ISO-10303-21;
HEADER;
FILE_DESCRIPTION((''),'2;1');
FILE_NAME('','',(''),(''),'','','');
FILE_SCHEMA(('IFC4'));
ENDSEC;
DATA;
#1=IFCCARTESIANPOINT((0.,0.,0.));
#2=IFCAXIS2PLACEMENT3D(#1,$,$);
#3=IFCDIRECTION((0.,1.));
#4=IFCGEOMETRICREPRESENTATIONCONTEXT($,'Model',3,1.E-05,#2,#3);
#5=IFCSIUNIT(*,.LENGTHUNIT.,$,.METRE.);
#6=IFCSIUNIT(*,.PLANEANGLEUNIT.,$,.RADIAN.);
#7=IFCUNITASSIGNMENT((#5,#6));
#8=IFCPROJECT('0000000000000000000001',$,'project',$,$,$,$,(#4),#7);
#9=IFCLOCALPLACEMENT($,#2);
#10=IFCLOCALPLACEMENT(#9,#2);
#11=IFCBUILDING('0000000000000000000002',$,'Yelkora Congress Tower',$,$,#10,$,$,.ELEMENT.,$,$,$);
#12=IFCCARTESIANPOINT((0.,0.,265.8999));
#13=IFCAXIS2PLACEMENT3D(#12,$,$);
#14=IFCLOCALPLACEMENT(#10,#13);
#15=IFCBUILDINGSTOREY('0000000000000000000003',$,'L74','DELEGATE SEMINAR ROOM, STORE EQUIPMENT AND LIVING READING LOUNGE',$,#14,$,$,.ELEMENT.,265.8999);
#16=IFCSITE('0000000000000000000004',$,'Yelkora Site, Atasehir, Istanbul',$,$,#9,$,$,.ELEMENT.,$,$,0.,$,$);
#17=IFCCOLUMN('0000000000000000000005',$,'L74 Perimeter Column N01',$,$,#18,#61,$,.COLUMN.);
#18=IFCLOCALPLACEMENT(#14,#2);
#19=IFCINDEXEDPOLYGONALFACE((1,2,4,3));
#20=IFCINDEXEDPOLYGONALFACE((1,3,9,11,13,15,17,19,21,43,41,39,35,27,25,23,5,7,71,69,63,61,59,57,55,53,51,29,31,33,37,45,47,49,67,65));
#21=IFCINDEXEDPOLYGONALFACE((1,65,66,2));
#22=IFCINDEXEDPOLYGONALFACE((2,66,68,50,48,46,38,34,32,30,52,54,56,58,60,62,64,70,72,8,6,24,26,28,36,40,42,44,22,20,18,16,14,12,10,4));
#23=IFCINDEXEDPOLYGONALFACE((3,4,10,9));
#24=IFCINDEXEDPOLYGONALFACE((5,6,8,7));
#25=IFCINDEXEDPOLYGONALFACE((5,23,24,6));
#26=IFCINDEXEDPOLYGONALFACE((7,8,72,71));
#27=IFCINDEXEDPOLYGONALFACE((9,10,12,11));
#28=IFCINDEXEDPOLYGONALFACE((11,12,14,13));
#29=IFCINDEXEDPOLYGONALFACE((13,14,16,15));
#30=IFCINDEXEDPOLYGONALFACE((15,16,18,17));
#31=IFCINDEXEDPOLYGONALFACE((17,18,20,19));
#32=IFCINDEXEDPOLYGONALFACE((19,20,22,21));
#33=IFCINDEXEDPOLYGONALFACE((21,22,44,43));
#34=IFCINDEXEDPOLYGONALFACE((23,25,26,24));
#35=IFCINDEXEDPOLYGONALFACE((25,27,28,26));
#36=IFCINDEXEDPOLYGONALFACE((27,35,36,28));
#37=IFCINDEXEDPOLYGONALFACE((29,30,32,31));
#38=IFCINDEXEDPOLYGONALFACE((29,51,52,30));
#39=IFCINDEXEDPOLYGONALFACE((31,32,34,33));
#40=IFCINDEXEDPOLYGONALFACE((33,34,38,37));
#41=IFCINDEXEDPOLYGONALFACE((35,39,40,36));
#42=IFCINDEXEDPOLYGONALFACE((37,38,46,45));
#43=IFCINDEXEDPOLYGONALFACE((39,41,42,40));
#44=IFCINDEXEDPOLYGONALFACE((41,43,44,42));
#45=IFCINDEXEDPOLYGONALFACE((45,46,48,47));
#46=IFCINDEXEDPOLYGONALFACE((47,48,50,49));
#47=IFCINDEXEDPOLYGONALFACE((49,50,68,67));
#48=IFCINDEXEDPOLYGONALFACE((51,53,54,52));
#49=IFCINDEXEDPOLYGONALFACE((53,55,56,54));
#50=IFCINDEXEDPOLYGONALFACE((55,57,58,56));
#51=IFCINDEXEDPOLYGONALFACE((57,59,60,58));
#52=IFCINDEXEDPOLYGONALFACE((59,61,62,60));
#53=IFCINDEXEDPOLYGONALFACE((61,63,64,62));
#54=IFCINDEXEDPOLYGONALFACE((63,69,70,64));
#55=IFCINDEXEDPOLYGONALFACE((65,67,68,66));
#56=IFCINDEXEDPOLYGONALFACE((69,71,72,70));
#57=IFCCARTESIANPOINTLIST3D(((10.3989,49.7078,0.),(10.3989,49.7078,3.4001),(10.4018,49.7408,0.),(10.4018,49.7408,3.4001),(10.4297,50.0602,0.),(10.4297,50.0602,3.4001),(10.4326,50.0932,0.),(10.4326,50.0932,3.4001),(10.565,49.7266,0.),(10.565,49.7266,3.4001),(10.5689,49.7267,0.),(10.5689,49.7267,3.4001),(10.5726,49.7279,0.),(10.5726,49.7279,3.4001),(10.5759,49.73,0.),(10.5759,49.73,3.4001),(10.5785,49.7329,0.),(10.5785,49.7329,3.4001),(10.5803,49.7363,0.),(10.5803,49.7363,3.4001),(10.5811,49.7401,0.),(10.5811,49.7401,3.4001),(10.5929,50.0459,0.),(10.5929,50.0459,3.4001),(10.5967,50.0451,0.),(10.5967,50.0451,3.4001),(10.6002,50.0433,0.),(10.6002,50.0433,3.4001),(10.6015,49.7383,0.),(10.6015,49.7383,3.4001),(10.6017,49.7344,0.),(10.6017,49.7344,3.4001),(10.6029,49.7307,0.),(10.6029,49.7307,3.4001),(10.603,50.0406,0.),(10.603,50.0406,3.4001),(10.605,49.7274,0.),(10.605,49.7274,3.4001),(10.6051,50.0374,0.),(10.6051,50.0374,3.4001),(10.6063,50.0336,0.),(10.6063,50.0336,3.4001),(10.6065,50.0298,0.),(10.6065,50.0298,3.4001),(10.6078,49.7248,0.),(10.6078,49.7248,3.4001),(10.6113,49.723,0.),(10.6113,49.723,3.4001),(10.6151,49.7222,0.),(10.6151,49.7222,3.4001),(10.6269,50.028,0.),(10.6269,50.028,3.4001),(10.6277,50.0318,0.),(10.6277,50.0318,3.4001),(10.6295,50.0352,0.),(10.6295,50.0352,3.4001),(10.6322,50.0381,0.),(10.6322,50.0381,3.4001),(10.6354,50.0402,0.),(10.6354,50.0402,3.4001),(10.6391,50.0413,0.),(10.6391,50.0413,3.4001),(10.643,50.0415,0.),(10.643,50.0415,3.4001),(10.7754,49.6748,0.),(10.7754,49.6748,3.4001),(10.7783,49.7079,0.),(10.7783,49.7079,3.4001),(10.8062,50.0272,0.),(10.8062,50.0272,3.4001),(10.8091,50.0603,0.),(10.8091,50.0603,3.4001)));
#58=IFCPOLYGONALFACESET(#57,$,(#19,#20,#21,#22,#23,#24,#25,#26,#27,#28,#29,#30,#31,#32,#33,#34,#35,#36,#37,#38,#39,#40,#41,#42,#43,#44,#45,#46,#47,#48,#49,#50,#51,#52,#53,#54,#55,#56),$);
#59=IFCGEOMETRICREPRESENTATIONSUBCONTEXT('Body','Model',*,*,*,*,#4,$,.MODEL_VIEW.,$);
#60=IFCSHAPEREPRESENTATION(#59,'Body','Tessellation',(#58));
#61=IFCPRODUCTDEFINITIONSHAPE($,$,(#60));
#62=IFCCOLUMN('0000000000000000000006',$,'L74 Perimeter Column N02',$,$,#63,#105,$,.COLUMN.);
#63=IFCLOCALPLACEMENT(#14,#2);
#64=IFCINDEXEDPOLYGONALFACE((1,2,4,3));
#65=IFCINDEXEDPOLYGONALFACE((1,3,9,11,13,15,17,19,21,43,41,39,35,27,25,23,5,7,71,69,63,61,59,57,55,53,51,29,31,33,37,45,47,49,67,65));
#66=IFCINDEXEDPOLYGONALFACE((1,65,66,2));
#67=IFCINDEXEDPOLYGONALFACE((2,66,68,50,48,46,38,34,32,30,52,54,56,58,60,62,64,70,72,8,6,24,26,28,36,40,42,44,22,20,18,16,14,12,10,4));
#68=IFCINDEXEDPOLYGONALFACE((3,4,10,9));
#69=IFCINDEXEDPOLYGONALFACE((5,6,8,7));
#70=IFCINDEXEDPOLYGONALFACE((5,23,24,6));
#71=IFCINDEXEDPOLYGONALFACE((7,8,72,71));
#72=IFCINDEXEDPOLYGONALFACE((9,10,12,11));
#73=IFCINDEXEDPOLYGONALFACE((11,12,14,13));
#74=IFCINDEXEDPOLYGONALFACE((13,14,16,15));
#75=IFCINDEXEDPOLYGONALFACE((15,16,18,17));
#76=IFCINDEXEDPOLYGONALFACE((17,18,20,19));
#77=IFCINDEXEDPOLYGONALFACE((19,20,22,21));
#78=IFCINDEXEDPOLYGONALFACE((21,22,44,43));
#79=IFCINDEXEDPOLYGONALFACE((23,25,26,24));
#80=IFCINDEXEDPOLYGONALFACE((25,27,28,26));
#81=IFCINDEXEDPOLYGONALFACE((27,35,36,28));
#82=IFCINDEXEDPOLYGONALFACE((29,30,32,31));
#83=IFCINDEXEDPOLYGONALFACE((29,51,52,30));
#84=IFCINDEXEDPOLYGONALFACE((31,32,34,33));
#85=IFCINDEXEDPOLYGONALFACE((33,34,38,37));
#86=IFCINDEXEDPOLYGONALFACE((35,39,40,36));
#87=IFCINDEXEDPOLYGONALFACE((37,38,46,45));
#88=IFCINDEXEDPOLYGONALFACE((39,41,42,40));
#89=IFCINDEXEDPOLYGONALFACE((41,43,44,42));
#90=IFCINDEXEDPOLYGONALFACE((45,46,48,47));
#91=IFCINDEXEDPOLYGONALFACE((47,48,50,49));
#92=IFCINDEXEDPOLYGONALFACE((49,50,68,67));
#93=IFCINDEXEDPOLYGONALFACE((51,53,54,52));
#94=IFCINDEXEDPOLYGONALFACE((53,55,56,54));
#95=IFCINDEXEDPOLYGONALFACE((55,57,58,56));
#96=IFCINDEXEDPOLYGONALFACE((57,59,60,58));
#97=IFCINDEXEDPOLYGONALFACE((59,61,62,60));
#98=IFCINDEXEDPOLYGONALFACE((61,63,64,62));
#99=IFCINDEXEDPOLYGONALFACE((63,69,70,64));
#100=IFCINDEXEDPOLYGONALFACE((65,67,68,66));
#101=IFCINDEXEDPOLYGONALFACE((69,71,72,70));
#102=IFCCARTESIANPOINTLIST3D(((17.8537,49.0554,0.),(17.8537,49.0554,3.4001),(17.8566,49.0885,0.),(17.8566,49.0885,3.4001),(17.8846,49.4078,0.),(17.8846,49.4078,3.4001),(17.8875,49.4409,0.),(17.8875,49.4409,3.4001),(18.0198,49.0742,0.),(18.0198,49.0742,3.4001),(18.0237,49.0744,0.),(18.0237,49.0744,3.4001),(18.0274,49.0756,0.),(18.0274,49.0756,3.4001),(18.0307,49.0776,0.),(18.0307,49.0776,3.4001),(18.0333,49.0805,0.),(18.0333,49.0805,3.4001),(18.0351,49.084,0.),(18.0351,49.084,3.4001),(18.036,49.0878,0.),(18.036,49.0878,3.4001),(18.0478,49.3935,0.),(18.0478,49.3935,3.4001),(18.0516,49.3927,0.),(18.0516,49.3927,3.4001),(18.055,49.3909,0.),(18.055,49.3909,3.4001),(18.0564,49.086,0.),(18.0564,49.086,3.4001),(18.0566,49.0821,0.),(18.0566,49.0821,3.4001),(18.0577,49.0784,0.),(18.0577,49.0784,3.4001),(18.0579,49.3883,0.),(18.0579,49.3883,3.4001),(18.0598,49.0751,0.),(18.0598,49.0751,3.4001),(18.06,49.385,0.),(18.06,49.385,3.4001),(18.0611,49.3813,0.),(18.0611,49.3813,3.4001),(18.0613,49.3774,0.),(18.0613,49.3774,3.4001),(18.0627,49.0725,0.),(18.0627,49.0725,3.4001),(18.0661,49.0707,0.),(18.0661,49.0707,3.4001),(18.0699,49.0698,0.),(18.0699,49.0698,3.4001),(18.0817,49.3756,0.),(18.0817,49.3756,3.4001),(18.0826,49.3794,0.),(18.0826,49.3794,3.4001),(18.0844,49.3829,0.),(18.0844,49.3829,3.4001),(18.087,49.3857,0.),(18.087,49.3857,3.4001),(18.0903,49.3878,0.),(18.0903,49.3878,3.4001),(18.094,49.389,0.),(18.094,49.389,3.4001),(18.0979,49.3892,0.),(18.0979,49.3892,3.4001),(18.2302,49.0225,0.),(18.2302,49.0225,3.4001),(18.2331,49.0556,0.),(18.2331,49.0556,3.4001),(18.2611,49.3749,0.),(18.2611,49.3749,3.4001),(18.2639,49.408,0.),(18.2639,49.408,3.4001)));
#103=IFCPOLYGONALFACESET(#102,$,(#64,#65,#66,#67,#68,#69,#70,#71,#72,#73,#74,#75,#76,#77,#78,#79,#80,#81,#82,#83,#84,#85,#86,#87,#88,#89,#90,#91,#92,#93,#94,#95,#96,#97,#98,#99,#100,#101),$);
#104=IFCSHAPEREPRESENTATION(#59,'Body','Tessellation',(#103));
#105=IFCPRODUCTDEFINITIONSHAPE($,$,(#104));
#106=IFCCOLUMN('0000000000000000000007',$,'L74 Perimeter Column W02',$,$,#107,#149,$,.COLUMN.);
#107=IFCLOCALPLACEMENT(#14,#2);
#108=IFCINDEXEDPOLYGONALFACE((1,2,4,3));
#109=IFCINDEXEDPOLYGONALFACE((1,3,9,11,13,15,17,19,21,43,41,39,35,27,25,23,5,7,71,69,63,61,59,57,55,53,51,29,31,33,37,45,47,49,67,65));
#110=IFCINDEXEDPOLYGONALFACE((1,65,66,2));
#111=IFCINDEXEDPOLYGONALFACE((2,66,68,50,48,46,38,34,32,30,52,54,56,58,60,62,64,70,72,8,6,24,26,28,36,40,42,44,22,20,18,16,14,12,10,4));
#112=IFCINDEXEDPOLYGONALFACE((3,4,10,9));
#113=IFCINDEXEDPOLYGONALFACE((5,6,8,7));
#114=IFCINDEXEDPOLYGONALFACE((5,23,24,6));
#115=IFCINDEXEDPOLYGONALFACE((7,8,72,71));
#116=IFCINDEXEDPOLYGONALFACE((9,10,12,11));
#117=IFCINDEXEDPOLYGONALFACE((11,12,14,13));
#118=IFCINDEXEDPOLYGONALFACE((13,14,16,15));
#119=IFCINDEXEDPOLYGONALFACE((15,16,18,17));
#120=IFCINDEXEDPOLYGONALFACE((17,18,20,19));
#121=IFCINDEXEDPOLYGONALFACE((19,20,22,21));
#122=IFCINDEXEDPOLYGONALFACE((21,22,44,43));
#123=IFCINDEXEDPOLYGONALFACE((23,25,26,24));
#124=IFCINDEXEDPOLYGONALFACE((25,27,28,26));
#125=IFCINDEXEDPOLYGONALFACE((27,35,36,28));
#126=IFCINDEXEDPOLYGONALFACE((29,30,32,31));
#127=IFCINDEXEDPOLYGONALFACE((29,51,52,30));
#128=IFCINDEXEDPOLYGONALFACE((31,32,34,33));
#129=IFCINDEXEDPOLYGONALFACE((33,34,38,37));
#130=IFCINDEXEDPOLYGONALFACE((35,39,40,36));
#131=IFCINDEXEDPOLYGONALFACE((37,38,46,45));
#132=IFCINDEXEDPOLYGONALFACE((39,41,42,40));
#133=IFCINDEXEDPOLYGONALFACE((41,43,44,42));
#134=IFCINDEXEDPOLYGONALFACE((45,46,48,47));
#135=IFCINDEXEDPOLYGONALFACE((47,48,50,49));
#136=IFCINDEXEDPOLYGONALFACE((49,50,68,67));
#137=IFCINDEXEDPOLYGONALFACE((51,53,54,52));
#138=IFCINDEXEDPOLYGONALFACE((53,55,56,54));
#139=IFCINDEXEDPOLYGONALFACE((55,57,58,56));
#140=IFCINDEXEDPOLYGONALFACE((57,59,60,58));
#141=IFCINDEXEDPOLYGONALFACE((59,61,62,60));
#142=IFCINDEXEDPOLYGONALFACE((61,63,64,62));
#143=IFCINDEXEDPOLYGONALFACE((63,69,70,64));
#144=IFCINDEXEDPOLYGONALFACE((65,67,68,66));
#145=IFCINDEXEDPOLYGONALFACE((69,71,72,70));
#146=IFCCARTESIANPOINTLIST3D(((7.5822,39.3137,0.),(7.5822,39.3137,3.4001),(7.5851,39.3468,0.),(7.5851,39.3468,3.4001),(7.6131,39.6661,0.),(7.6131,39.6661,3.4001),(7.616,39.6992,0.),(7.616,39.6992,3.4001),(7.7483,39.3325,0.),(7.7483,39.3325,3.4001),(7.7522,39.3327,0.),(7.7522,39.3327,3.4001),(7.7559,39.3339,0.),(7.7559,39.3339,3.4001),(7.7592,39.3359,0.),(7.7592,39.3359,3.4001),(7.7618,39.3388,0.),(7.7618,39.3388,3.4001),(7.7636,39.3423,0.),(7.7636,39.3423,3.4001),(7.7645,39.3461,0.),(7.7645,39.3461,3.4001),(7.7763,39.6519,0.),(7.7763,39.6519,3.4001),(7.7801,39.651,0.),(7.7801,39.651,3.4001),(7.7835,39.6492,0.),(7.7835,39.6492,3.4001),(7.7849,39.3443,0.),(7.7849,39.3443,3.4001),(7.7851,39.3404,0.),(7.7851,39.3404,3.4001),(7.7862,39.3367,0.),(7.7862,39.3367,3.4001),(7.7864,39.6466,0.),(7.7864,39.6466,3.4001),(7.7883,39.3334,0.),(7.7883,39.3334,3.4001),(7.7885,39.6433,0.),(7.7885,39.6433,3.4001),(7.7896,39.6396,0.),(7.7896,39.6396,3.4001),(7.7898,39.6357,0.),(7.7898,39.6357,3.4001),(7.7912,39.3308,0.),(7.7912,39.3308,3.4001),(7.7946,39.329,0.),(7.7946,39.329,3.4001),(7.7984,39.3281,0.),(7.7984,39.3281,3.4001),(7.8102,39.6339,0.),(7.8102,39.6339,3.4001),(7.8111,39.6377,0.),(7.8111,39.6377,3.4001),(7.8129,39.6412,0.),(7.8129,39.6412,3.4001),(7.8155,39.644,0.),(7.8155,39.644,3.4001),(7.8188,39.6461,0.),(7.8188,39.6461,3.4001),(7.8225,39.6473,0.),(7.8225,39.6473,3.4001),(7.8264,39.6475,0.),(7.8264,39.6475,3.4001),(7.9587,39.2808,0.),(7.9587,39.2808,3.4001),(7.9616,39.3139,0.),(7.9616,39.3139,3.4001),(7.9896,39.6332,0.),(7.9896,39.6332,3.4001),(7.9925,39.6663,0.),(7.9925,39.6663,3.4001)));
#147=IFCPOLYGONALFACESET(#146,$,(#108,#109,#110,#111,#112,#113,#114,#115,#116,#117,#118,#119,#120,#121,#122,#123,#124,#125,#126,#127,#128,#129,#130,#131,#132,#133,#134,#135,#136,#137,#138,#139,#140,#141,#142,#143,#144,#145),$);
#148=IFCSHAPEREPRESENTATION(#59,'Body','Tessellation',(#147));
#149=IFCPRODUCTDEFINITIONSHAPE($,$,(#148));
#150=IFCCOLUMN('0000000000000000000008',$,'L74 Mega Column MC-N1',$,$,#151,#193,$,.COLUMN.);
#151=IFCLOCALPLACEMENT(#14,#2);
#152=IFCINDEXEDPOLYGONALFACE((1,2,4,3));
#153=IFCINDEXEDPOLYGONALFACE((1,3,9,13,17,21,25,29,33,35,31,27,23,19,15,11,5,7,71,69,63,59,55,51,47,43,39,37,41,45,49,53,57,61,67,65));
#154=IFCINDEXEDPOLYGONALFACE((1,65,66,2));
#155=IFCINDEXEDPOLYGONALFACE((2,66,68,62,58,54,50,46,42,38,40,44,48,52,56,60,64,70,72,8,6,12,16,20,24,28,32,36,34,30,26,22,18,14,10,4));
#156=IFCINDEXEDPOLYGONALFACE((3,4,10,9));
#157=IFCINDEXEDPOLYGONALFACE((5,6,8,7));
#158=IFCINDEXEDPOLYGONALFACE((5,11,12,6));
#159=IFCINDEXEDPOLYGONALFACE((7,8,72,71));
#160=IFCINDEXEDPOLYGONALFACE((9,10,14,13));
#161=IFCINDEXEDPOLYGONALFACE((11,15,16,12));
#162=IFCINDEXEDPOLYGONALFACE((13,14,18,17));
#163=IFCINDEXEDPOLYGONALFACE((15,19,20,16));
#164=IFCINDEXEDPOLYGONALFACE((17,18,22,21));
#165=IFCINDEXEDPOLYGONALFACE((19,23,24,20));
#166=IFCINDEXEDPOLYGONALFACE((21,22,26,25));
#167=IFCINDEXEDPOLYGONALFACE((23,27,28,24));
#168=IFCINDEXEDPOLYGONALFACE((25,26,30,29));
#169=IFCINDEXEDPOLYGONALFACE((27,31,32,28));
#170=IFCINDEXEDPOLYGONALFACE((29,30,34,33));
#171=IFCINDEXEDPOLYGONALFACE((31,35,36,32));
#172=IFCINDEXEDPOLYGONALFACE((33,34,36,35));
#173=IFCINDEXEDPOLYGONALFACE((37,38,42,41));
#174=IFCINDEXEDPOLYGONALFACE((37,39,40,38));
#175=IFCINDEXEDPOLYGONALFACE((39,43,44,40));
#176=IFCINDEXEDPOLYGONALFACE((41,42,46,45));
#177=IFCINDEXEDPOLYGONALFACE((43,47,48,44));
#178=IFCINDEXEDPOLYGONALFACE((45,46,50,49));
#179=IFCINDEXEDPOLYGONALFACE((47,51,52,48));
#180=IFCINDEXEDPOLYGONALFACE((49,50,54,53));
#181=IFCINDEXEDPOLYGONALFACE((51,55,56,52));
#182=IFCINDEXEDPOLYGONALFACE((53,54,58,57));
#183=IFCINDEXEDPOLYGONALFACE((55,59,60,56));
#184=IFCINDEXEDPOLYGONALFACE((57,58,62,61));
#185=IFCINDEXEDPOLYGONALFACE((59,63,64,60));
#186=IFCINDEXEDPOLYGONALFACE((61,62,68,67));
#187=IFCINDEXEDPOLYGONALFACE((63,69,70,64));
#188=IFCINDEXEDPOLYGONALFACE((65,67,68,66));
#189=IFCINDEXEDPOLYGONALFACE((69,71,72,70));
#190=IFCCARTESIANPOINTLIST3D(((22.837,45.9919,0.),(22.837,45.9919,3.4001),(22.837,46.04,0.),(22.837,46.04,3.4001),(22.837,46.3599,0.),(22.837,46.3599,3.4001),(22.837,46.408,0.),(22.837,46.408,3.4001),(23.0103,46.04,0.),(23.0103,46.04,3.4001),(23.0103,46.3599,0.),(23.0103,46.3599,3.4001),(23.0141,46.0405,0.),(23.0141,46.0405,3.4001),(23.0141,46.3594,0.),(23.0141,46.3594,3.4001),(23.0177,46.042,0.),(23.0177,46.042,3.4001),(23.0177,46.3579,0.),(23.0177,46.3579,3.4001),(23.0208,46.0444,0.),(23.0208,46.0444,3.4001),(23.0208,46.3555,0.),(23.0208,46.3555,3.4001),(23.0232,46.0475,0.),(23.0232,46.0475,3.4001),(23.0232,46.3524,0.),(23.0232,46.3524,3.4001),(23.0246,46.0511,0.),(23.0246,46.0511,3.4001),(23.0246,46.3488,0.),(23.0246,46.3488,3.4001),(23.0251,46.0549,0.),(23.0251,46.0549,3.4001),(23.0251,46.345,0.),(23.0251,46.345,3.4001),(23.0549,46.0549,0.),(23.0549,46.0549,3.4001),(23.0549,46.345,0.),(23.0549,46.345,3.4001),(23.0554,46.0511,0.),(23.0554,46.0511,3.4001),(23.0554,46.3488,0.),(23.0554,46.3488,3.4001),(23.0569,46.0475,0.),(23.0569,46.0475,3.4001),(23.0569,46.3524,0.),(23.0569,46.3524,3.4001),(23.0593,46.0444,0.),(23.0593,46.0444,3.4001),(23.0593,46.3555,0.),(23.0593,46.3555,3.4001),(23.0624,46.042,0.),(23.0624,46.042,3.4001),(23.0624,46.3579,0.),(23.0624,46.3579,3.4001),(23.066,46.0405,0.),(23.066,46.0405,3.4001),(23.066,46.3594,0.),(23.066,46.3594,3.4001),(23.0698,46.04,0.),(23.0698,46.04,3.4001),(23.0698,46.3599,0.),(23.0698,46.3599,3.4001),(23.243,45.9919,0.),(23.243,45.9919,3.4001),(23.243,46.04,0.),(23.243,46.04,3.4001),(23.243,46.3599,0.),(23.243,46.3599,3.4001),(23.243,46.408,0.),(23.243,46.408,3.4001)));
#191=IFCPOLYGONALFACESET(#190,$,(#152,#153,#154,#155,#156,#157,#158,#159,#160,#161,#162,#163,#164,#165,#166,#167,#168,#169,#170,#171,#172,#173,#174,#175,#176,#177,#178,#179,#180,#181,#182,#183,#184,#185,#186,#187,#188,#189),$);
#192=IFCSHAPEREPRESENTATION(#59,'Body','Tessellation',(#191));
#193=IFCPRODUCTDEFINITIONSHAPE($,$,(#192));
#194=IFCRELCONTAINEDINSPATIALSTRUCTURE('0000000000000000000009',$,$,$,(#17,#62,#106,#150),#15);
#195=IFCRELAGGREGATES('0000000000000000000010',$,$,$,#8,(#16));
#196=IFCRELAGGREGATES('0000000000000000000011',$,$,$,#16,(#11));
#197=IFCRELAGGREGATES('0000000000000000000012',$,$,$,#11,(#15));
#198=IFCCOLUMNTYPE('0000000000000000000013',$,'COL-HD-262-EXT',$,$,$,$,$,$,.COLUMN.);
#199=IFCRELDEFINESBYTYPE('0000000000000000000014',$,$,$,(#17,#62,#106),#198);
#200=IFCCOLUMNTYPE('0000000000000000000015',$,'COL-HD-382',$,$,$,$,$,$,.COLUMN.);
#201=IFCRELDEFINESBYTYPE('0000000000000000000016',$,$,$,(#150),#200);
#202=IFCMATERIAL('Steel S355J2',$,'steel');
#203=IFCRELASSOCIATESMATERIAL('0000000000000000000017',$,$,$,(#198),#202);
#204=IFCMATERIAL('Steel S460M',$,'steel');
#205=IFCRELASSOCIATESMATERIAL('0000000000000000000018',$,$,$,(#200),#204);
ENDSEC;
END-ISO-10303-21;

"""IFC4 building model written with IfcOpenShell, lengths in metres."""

from ifc_helpers import new_model, si_unit, direction, frame, origin, origin_2d, place, context, subcontext, project, spatial, i_section, extrude, material, material_profile, profile_set, type_object, element, save


model = new_model("IFC4")

# Units and contexts
model_context = context("Model", 3, precision=1e-05, world=origin(), true_north=direction((0.0, 1.0)))
body_context = subcontext(model_context, "Body", "Model", "MODEL_VIEW")
ifc_project = project(units=[si_unit("LENGTHUNIT", "METRE"), si_unit("PLANEANGLEUNIT", "RADIAN")], contexts=[model_context])

# Site, building, storey
site_placement = place(None, origin())
site = spatial("IfcSite", under=ifc_project, at=site_placement, Name="Yelkora Site, Atasehir, Istanbul", CompositionType="ELEMENT", RefElevation=0.0)
building_placement = place(site_placement, origin())
building = spatial("IfcBuilding", under=site, at=building_placement, Name="Yelkora Congress Tower", CompositionType="ELEMENT")
storey_placement = place(building_placement, frame((0.0, 0.0, 265.8999)))
storey = spatial("IfcBuildingStorey", under=building, at=storey_placement, Name="L74", Description="DELEGATE SEMINAR ROOM, STORE EQUIPMENT AND LIVING READING LOUNGE", CompositionType="ELEMENT", Elevation=265.8999)

# Columns
ifc_material_1 = material(Name="Steel S355J2", Category="steel")
ifc_material_profile_1 = material_profile(ifc_material_1, i_section(OverallWidth=0.3779, OverallDepth=0.387, WebThickness=0.0205, FlangeThickness=0.0332, FilletRadius=0.0149, at=origin_2d()), Name="HD 360x262")
ifc_profile_set_1 = profile_set([ifc_material_profile_1], Name="Steel S355J2")
column_type_1 = type_object("IfcColumnType", Name="COL-HD-262-EXT", PredefinedType="COLUMN", material=ifc_profile_set_1)
for number, where, z_axis, x_axis, name in (
    (1, (10.604, 49.884, 0.0), (0.0, 0.0, 1.0), (0.996195, -0.087156, 0.0), "L74 Perimeter Column N01"),
    (2, (18.0588, 49.2317, 0.0), (0.0, 0.0, 1.0), (0.996195, -0.087156, 0.0), "L74 Perimeter Column N02"),
    (3, (7.7874, 39.49, 0.0), (0.0, 0.0, 1.0), (0.996195, -0.087156, 0.0), "L74 Perimeter Column W02"),
):
    element("IfcColumn", number, at=place(storey_placement, frame(where, z_axis=z_axis, x_axis=x_axis)), inside=storey, type_object=column_type_1, Name=name, PredefinedType="COLUMN", context=body_context, shape_type="SweptSolid", body=[
        extrude(i_section(OverallWidth=0.3779, OverallDepth=0.387, WebThickness=0.0205, FlangeThickness=0.0332, FilletRadius=0.0149, at=origin_2d()), origin(), (0.0, 0.0, 1.0), 3.4001),
    ])
ifc_material_2 = material(Name="Steel S460M", Category="steel")
ifc_material_profile_2 = material_profile(ifc_material_2, i_section(OverallWidth=0.406, OverallDepth=0.416, WebThickness=0.0298, FlangeThickness=0.0481, FilletRadius=0.0149, at=origin_2d()), Name="HD 400x382")
ifc_profile_set_2 = profile_set([ifc_material_profile_2], Name="Steel S460M")
column_type_2 = type_object("IfcColumnType", Name="COL-HD-382", PredefinedType="COLUMN", material=ifc_profile_set_2)
column_placement = place(storey_placement, frame((23.04, 46.2, 0.0), z_axis=(0.0, 0.0, 1.0), x_axis=(1.0, 0.0, 0.0)))
element("IfcColumn", 4, at=column_placement, inside=storey, type_object=column_type_2, Name="L74 Mega Column MC-N1", PredefinedType="COLUMN", context=body_context, shape_type="SweptSolid", body=[
    extrude(i_section(OverallWidth=0.406, OverallDepth=0.416, WebThickness=0.0298, FlangeThickness=0.0481, FilletRadius=0.0149, at=origin_2d()), origin(), (0.0, 0.0, 1.0), 3.4001),
])

save(model, "model.ifc")
